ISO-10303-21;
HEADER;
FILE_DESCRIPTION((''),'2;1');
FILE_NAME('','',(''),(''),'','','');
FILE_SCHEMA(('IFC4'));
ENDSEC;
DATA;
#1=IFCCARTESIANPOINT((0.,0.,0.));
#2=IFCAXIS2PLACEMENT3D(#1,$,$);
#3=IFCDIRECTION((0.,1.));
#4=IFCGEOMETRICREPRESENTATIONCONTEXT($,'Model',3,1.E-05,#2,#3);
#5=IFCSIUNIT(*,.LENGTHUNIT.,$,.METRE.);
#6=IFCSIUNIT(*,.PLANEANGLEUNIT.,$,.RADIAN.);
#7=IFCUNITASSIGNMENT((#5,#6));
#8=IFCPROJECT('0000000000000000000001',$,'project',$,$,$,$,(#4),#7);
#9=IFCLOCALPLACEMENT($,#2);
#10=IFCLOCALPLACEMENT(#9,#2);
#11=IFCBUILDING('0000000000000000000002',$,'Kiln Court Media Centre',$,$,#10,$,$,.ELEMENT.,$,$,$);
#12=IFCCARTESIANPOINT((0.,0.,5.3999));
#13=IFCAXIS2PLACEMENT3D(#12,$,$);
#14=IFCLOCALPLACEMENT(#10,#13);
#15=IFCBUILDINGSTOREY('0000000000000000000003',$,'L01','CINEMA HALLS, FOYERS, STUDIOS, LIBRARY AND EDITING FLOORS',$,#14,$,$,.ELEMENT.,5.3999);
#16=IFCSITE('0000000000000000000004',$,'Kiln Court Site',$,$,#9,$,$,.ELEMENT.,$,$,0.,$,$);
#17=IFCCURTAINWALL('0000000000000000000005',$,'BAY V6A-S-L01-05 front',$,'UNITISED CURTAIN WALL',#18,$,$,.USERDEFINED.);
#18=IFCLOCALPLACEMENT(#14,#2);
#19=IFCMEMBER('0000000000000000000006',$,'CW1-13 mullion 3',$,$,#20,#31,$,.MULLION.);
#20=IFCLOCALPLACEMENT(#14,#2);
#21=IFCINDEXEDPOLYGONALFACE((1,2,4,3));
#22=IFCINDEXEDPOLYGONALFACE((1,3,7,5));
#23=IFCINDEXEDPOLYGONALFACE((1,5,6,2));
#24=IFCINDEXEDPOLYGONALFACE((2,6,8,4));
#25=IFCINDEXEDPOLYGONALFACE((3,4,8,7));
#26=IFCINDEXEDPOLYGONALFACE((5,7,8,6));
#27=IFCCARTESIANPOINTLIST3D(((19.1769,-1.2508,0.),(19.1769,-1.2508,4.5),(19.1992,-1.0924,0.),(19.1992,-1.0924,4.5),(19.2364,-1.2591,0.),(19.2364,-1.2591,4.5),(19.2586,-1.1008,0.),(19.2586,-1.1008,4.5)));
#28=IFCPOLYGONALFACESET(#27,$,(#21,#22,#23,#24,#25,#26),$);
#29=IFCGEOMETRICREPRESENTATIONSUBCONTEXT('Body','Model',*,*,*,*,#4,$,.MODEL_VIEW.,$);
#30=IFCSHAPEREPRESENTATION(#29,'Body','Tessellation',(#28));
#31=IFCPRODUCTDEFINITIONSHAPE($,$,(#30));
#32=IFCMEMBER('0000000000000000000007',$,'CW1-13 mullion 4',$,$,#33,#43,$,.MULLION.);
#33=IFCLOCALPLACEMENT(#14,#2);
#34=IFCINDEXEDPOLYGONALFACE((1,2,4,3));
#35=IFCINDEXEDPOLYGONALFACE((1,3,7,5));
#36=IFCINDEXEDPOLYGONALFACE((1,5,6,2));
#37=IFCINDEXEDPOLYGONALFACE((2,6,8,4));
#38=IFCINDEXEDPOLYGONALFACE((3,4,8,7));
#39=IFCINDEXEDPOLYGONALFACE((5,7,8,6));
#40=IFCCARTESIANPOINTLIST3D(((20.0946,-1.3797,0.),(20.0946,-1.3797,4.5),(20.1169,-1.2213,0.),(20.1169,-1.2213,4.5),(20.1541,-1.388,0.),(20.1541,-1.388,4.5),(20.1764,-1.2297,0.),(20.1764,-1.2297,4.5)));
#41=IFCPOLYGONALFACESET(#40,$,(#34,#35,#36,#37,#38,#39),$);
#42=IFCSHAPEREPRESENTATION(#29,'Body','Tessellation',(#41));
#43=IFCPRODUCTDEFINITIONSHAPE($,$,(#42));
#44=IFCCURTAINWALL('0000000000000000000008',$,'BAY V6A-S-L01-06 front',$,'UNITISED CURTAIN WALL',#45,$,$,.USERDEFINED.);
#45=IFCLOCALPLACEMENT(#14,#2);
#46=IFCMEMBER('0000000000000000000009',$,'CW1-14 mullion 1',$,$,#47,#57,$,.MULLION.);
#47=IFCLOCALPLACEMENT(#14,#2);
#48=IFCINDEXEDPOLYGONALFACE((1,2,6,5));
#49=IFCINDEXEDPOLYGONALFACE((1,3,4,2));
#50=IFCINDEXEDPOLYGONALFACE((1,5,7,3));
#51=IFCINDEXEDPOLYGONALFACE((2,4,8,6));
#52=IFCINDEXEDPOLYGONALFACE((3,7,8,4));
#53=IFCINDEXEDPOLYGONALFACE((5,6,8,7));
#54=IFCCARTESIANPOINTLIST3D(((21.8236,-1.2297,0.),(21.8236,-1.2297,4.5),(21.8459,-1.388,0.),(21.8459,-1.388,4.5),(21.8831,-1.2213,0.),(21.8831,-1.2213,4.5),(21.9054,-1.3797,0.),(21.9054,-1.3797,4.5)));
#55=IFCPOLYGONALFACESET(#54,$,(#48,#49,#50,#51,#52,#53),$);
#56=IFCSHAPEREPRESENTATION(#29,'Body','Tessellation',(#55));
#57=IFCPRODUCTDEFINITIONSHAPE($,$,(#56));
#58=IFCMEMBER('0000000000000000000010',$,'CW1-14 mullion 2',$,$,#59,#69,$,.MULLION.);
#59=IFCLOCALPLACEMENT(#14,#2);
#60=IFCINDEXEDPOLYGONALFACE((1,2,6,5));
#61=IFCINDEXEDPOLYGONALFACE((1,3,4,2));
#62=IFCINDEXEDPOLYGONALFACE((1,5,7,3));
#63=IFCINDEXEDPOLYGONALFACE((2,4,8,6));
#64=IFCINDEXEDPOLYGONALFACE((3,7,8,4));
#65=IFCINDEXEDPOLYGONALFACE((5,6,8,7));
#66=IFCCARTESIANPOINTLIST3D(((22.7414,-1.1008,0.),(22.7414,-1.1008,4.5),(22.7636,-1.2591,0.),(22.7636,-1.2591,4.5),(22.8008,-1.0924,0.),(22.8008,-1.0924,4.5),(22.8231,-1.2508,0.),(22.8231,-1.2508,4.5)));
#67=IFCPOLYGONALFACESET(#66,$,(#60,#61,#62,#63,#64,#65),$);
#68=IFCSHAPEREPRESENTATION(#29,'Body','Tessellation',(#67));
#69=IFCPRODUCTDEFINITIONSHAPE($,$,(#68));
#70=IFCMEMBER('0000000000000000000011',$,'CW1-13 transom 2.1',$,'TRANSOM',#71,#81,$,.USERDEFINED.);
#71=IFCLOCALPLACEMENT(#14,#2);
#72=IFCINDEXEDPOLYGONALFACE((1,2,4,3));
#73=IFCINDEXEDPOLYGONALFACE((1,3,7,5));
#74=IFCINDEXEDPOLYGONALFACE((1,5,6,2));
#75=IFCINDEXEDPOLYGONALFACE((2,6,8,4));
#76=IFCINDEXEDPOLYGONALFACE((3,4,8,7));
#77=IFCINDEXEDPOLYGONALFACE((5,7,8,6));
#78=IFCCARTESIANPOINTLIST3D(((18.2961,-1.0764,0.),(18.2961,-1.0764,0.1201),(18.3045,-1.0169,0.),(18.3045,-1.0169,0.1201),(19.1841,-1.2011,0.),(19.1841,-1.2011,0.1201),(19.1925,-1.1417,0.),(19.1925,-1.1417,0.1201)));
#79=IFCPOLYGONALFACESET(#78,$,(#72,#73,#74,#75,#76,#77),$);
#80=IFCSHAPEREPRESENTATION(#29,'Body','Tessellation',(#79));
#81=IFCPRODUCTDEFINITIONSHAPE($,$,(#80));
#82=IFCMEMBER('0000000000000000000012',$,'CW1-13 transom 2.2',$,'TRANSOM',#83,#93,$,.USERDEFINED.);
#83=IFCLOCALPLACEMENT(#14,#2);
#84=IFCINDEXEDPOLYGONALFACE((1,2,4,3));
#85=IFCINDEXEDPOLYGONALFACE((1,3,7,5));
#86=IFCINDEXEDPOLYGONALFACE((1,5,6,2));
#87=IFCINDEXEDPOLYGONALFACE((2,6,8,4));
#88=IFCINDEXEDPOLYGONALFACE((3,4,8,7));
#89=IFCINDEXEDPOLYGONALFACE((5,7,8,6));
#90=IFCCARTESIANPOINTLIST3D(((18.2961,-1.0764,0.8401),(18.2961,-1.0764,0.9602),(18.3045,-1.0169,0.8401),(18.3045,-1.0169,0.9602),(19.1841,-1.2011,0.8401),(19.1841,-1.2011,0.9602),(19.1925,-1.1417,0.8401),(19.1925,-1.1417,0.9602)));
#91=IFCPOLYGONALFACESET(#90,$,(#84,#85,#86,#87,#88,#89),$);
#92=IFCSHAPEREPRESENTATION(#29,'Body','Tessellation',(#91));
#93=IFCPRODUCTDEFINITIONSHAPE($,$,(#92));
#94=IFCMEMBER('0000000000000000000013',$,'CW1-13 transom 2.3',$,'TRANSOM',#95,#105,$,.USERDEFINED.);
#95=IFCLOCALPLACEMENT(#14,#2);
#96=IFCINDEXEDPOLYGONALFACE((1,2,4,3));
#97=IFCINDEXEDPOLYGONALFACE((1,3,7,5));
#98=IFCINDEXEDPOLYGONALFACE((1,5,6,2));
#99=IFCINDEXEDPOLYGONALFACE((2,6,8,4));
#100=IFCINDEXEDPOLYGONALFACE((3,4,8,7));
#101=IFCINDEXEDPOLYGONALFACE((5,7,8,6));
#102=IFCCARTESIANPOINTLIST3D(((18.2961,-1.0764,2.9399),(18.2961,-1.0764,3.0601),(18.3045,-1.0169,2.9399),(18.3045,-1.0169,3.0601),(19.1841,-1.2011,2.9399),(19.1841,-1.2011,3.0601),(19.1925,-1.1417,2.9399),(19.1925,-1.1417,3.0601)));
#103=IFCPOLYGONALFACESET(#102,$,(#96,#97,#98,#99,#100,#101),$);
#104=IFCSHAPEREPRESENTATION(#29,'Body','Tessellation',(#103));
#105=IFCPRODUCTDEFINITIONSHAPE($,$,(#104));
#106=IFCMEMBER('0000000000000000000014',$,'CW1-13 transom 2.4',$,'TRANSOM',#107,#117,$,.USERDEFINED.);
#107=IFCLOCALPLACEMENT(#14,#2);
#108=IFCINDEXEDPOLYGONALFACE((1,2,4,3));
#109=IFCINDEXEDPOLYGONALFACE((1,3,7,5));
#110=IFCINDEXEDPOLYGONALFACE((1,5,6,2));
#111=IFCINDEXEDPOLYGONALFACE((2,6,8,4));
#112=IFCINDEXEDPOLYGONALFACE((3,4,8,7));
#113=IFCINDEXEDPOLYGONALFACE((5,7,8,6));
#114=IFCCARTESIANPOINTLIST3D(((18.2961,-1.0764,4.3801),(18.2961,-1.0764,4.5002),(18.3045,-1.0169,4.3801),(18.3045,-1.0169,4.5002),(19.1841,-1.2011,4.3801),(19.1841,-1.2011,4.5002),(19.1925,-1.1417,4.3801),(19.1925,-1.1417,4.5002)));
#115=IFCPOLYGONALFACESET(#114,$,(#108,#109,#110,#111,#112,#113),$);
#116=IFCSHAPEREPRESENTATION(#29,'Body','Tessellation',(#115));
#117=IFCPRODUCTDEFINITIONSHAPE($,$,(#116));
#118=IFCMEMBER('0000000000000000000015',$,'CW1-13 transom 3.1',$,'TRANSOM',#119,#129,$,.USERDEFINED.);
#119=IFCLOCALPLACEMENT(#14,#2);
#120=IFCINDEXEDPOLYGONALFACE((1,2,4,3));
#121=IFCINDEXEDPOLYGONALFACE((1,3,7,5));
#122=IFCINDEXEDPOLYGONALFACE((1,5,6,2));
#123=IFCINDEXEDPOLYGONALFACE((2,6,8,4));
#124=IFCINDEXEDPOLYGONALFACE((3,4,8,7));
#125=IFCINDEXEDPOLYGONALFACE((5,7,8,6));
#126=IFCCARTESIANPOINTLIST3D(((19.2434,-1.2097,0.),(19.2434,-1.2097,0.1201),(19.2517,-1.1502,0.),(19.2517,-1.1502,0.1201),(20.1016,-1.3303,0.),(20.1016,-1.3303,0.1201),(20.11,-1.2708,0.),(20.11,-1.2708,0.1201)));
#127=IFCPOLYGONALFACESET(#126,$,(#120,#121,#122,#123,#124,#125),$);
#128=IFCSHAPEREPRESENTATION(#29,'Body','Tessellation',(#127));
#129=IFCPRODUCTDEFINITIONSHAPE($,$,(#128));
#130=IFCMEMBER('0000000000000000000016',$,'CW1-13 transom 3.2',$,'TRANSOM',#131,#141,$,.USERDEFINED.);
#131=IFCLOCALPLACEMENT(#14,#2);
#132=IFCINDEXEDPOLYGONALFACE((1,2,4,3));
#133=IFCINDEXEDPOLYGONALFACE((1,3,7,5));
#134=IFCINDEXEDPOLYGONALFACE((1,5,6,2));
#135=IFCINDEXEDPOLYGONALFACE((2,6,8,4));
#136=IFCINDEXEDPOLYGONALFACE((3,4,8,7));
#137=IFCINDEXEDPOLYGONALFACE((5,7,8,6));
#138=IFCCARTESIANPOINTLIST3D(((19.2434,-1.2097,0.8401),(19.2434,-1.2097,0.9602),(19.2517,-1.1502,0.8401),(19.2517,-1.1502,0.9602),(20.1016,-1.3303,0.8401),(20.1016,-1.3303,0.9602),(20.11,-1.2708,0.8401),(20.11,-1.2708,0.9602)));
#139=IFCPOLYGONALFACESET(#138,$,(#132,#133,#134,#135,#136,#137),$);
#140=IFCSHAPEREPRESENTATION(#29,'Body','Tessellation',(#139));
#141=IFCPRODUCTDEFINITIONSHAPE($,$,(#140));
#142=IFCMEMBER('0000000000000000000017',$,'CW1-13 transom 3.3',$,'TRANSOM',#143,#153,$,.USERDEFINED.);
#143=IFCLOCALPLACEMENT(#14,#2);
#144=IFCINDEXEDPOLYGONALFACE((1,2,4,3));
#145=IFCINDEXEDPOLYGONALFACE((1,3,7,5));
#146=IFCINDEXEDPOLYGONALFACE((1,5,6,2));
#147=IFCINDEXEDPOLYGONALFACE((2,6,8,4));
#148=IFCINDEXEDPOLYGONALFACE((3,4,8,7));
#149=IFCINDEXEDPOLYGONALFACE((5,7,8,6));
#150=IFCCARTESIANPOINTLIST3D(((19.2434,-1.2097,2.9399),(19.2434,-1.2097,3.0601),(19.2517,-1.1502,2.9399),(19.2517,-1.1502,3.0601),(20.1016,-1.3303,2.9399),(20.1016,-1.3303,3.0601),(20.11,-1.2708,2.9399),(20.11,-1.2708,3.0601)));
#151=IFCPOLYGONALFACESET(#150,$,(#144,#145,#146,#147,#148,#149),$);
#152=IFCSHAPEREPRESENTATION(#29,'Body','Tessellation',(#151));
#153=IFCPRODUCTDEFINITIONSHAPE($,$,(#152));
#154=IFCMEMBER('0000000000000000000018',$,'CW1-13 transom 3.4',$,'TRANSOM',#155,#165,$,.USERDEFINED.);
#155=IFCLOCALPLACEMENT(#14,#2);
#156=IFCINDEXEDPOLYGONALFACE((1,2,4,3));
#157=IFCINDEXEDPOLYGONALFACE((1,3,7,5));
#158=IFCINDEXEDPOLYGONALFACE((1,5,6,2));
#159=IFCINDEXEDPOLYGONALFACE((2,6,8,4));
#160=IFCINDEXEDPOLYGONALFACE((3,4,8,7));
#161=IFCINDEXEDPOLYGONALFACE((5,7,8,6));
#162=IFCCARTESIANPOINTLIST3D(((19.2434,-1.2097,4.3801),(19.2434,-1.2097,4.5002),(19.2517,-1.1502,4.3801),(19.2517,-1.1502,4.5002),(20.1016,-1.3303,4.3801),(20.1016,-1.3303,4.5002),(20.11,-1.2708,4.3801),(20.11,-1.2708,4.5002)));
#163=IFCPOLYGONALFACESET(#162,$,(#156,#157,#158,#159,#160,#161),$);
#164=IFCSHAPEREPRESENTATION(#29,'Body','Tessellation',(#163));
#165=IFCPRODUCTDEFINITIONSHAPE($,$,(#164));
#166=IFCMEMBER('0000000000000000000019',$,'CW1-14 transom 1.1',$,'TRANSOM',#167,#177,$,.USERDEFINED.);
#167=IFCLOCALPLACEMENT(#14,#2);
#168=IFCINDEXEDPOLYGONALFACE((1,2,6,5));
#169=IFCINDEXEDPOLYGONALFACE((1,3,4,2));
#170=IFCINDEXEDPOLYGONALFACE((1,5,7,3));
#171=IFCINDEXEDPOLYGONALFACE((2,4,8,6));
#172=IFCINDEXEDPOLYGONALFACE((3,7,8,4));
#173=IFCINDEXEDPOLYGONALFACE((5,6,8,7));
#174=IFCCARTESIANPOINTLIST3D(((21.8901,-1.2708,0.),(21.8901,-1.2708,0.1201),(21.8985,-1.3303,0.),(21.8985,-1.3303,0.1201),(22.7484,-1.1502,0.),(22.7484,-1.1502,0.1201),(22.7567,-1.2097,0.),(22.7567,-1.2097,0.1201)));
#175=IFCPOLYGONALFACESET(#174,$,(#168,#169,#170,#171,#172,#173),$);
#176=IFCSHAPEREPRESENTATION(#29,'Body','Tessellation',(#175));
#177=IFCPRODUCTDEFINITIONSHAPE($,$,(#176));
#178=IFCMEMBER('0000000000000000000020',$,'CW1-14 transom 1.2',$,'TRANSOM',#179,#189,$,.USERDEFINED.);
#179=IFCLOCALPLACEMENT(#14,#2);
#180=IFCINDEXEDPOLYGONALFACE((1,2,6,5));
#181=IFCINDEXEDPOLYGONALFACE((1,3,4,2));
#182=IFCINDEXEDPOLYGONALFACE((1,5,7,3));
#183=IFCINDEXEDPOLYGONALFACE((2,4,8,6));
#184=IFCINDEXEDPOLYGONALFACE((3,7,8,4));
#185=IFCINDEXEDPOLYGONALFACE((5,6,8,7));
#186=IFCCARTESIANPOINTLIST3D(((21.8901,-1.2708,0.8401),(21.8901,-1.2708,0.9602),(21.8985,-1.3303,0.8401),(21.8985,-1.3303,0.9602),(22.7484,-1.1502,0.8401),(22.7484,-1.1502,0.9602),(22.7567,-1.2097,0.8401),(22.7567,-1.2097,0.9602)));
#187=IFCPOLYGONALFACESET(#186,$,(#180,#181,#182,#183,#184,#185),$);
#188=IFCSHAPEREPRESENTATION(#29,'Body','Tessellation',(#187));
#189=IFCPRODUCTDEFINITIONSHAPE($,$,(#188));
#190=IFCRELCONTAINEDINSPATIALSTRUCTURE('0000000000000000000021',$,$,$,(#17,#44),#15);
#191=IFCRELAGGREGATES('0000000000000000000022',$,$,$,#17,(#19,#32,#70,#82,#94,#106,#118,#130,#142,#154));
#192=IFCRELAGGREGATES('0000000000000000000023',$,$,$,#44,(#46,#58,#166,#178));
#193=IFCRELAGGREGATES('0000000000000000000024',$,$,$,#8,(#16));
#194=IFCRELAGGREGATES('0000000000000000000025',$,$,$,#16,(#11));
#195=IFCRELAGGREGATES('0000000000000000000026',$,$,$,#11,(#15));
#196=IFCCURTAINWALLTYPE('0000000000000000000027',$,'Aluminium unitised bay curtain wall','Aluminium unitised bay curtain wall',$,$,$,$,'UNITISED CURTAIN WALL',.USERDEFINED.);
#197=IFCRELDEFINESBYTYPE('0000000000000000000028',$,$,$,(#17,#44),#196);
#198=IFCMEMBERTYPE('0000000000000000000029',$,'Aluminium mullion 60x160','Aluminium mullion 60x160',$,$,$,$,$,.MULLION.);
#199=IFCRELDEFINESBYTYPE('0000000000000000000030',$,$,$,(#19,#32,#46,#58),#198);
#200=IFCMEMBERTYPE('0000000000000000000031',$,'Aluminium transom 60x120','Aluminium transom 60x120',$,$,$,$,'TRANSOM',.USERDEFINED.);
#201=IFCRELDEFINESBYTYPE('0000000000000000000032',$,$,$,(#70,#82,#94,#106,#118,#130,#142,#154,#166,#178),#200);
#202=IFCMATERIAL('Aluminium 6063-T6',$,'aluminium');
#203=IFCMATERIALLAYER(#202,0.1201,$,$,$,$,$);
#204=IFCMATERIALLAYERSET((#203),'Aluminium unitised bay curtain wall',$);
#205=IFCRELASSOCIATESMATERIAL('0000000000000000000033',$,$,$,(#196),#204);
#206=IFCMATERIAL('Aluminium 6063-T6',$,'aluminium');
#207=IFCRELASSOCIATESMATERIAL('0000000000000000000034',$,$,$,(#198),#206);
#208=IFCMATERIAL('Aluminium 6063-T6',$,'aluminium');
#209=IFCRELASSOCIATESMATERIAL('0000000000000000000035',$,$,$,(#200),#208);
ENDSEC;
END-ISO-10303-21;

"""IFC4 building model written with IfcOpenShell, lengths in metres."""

from ifc_helpers import new_model, si_unit, direction, frame, origin, origin_2d, place, context, subcontext, project, spatial, rectangle, extrude, material, layer, layer_set, material_profile, profile_set, type_object, element, aggregate, save


model = new_model("IFC4")

# Units and contexts
model_context = context("Model", 3, precision=1e-05, world=origin(), true_north=direction((0.0, 1.0)))
body_context = subcontext(model_context, "Body", "Model", "MODEL_VIEW")
ifc_project = project(units=[si_unit("LENGTHUNIT", "METRE"), si_unit("PLANEANGLEUNIT", "RADIAN")], contexts=[model_context])

# Site, building, storey
site_placement = place(None, origin())
site = spatial("IfcSite", under=ifc_project, at=site_placement, Name="Kiln Court Site", CompositionType="ELEMENT", RefElevation=0.0)
building_placement = place(site_placement, origin())
building = spatial("IfcBuilding", under=site, at=building_placement, Name="Kiln Court Media Centre", CompositionType="ELEMENT")
storey_placement = place(building_placement, frame((0.0, 0.0, 5.3999)))
storey = spatial("IfcBuildingStorey", under=building, at=storey_placement, Name="L01", Description="CINEMA HALLS, FOYERS, STUDIOS, LIBRARY AND EDITING FLOORS", CompositionType="ELEMENT", Elevation=5.3999)

# Curtain walls, members
ifc_material_1 = material(Name="Aluminium 6063-T6", Category="aluminium")
ifc_layer_1 = layer(ifc_material_1, 0.1201)
ifc_layer_set_1 = layer_set([ifc_layer_1], Name="Aluminium unitised bay curtain wall")
curtain_wall_type = type_object("IfcCurtainWallType", Name="Aluminium unitised bay curtain wall", Description="Aluminium unitised bay curtain wall", ElementType="UNITISED CURTAIN WALL", PredefinedType="USERDEFINED", material=ifc_layer_set_1)
curtain_wall_1_placement = place(storey_placement, origin())
curtain_wall_1 = element("IfcCurtainWall", 1, at=curtain_wall_1_placement, inside=storey, type_object=curtain_wall_type, Name="BAY V6A-S-L01-05 front", ObjectType="UNITISED CURTAIN WALL", PredefinedType="USERDEFINED")
ifc_material_2 = material(Name="Aluminium 6063-T6", Category="aluminium")
ifc_material_profile_1 = material_profile(ifc_material_2, rectangle(XDim=0.0601, YDim=0.1599, at=origin_2d()), Name="Aluminium mullion 60x160")
ifc_profile_set_1 = profile_set([ifc_material_profile_1], Name="Aluminium 6063-T6")
member_type_1 = type_object("IfcMemberType", Name="Aluminium mullion 60x160", Description="Aluminium mullion 60x160", PredefinedType="MULLION", material=ifc_profile_set_1)
member_1_placement = place(storey_placement, frame((19.2178, -1.1758, 0.0), z_axis=(0.0, 0.0, 1.0), x_axis=(0.99027, -0.139162, 0.0)))
member_1 = element("IfcMember", 2, at=member_1_placement, type_object=member_type_1, Name="CW1-13 mullion 3", PredefinedType="MULLION", context=body_context, shape_type="SweptSolid", body=[
    extrude(rectangle(XDim=0.0601, YDim=0.1599, at=origin_2d()), origin(), (0.0, 0.0, 1.0), 4.5),
])
member_2_placement = place(storey_placement, frame((20.1355, -1.3047, 0.0), z_axis=(0.0, 0.0, 1.0), x_axis=(0.99027, -0.139162, 0.0)))
member_2 = element("IfcMember", 3, at=member_2_placement, type_object=member_type_1, Name="CW1-13 mullion 4", PredefinedType="MULLION", context=body_context, shape_type="SweptSolid", body=[
    extrude(rectangle(XDim=0.0601, YDim=0.1599, at=origin_2d()), origin(), (0.0, 0.0, 1.0), 4.5),
])
curtain_wall_2_placement = place(storey_placement, origin())
curtain_wall_2 = element("IfcCurtainWall", 4, at=curtain_wall_2_placement, inside=storey, type_object=curtain_wall_type, Name="BAY V6A-S-L01-06 front", ObjectType="UNITISED CURTAIN WALL", PredefinedType="USERDEFINED")
member_3_placement = place(storey_placement, frame((21.8645, -1.3047, 0.0), z_axis=(0.0, 0.0, 1.0), x_axis=(0.99027, 0.139162, 0.0)))
member_3 = element("IfcMember", 5, at=member_3_placement, type_object=member_type_1, Name="CW1-14 mullion 1", PredefinedType="MULLION", context=body_context, shape_type="SweptSolid", body=[
    extrude(rectangle(XDim=0.0601, YDim=0.1599, at=origin_2d()), origin(), (0.0, 0.0, 1.0), 4.5),
])
member_4_placement = place(storey_placement, frame((22.7822, -1.1758, 0.0), z_axis=(0.0, 0.0, 1.0), x_axis=(0.99027, 0.139162, 0.0)))
member_4 = element("IfcMember", 6, at=member_4_placement, type_object=member_type_1, Name="CW1-14 mullion 2", PredefinedType="MULLION", context=body_context, shape_type="SweptSolid", body=[
    extrude(rectangle(XDim=0.0601, YDim=0.1599, at=origin_2d()), origin(), (0.0, 0.0, 1.0), 4.5),
])

# Members
ifc_material_3 = material(Name="Aluminium 6063-T6", Category="aluminium")
ifc_material_profile_2 = material_profile(ifc_material_3, rectangle(XDim=0.0601, YDim=0.1201, at=origin_2d()), Name="Aluminium transom 60x120")
ifc_profile_set_2 = profile_set([ifc_material_profile_2], Name="Aluminium 6063-T6")
member_type_2 = type_object("IfcMemberType", Name="Aluminium transom 60x120", Description="Aluminium transom 60x120", ElementType="TRANSOM", PredefinedType="USERDEFINED", material=ifc_profile_set_2)
member_5_placement = place(storey_placement, frame((18.3003, -1.0466, 0.0601), z_axis=(0.990274, -0.139134, 0.0), x_axis=(0.139134, 0.990274, 0.0)))
member_5 = element("IfcMember", 7, at=member_5_placement, type_object=member_type_2, Name="CW1-13 transom 2.1", ObjectType="TRANSOM", PredefinedType="USERDEFINED", context=body_context, shape_type="SweptSolid", body=[
    extrude(rectangle(XDim=0.0601, YDim=0.1201, at=origin_2d()), origin(), (0.0, 0.0, 1.0), 0.8967),
])
member_6_placement = place(storey_placement, frame((18.3003, -1.0466, 0.9001), z_axis=(0.990274, -0.139134, 0.0), x_axis=(0.139134, 0.990274, 0.0)))
member_6 = element("IfcMember", 8, at=member_6_placement, type_object=member_type_2, Name="CW1-13 transom 2.2", ObjectType="TRANSOM", PredefinedType="USERDEFINED", context=body_context, shape_type="SweptSolid", body=[
    extrude(rectangle(XDim=0.0601, YDim=0.1201, at=origin_2d()), origin(), (0.0, 0.0, 1.0), 0.8967),
])
member_7_placement = place(storey_placement, frame((18.3003, -1.0466, 3.0), z_axis=(0.990274, -0.139134, 0.0), x_axis=(0.139134, 0.990274, 0.0)))
member_7 = element("IfcMember", 9, at=member_7_placement, type_object=member_type_2, Name="CW1-13 transom 2.3", ObjectType="TRANSOM", PredefinedType="USERDEFINED", context=body_context, shape_type="SweptSolid", body=[
    extrude(rectangle(XDim=0.0601, YDim=0.1201, at=origin_2d()), origin(), (0.0, 0.0, 1.0), 0.8967),
])
member_8_placement = place(storey_placement, frame((18.3003, -1.0466, 4.4402), z_axis=(0.990274, -0.139134, 0.0), x_axis=(0.139134, 0.990274, 0.0)))
member_8 = element("IfcMember", 10, at=member_8_placement, type_object=member_type_2, Name="CW1-13 transom 2.4", ObjectType="TRANSOM", PredefinedType="USERDEFINED", context=body_context, shape_type="SweptSolid", body=[
    extrude(rectangle(XDim=0.0601, YDim=0.1201, at=origin_2d()), origin(), (0.0, 0.0, 1.0), 0.8967),
])
member_9_placement = place(storey_placement, frame((19.2476, -1.1799, 0.0601), z_axis=(0.990268, -0.139173, 0.0), x_axis=(0.139173, 0.990268, 0.0)))
member_9 = element("IfcMember", 11, at=member_9_placement, type_object=member_type_2, Name="CW1-13 transom 3.1", ObjectType="TRANSOM", PredefinedType="USERDEFINED", context=body_context, shape_type="SweptSolid", body=[
    extrude(rectangle(XDim=0.0601, YDim=0.1201, at=origin_2d()), origin(), (0.0, 0.0, 1.0), 0.8667),
])
member_10_placement = place(storey_placement, frame((19.2476, -1.1799, 0.9001), z_axis=(0.990268, -0.139173, 0.0), x_axis=(0.139173, 0.990268, 0.0)))
member_10 = element("IfcMember", 12, at=member_10_placement, type_object=member_type_2, Name="CW1-13 transom 3.2", ObjectType="TRANSOM", PredefinedType="USERDEFINED", context=body_context, shape_type="SweptSolid", body=[
    extrude(rectangle(XDim=0.0601, YDim=0.1201, at=origin_2d()), origin(), (0.0, 0.0, 1.0), 0.8667),
])
member_11_placement = place(storey_placement, frame((19.2476, -1.1799, 3.0), z_axis=(0.990268, -0.139173, 0.0), x_axis=(0.139173, 0.990268, 0.0)))
member_11 = element("IfcMember", 13, at=member_11_placement, type_object=member_type_2, Name="CW1-13 transom 3.3", ObjectType="TRANSOM", PredefinedType="USERDEFINED", context=body_context, shape_type="SweptSolid", body=[
    extrude(rectangle(XDim=0.0601, YDim=0.1201, at=origin_2d()), origin(), (0.0, 0.0, 1.0), 0.8667),
])
member_12_placement = place(storey_placement, frame((19.2476, -1.1799, 4.4402), z_axis=(0.990268, -0.139173, 0.0), x_axis=(0.139173, 0.990268, 0.0)))
member_12 = element("IfcMember", 14, at=member_12_placement, type_object=member_type_2, Name="CW1-13 transom 3.4", ObjectType="TRANSOM", PredefinedType="USERDEFINED", context=body_context, shape_type="SweptSolid", body=[
    extrude(rectangle(XDim=0.0601, YDim=0.1201, at=origin_2d()), origin(), (0.0, 0.0, 1.0), 0.8667),
])
member_13_placement = place(storey_placement, frame((21.8943, -1.3005, 0.0601), z_axis=(0.990268, 0.139173, 0.0), x_axis=(-0.139173, 0.990268, 0.0)))
member_13 = element("IfcMember", 15, at=member_13_placement, type_object=member_type_2, Name="CW1-14 transom 1.1", ObjectType="TRANSOM", PredefinedType="USERDEFINED", context=body_context, shape_type="SweptSolid", body=[
    extrude(rectangle(XDim=0.0601, YDim=0.1201, at=origin_2d()), origin(), (0.0, 0.0, 1.0), 0.8667),
])
member_14_placement = place(storey_placement, frame((21.8943, -1.3005, 0.9001), z_axis=(0.990268, 0.139173, 0.0), x_axis=(-0.139173, 0.990268, 0.0)))
member_14 = element("IfcMember", 16, at=member_14_placement, type_object=member_type_2, Name="CW1-14 transom 1.2", ObjectType="TRANSOM", PredefinedType="USERDEFINED", context=body_context, shape_type="SweptSolid", body=[
    extrude(rectangle(XDim=0.0601, YDim=0.1201, at=origin_2d()), origin(), (0.0, 0.0, 1.0), 0.8667),
])

aggregate(curtain_wall_1, [member_1, member_2, member_5, member_6, member_7, member_8, member_9, member_10, member_11, member_12])
aggregate(curtain_wall_2, [member_3, member_4, member_13, member_14])

save(model, "model.ifc")
